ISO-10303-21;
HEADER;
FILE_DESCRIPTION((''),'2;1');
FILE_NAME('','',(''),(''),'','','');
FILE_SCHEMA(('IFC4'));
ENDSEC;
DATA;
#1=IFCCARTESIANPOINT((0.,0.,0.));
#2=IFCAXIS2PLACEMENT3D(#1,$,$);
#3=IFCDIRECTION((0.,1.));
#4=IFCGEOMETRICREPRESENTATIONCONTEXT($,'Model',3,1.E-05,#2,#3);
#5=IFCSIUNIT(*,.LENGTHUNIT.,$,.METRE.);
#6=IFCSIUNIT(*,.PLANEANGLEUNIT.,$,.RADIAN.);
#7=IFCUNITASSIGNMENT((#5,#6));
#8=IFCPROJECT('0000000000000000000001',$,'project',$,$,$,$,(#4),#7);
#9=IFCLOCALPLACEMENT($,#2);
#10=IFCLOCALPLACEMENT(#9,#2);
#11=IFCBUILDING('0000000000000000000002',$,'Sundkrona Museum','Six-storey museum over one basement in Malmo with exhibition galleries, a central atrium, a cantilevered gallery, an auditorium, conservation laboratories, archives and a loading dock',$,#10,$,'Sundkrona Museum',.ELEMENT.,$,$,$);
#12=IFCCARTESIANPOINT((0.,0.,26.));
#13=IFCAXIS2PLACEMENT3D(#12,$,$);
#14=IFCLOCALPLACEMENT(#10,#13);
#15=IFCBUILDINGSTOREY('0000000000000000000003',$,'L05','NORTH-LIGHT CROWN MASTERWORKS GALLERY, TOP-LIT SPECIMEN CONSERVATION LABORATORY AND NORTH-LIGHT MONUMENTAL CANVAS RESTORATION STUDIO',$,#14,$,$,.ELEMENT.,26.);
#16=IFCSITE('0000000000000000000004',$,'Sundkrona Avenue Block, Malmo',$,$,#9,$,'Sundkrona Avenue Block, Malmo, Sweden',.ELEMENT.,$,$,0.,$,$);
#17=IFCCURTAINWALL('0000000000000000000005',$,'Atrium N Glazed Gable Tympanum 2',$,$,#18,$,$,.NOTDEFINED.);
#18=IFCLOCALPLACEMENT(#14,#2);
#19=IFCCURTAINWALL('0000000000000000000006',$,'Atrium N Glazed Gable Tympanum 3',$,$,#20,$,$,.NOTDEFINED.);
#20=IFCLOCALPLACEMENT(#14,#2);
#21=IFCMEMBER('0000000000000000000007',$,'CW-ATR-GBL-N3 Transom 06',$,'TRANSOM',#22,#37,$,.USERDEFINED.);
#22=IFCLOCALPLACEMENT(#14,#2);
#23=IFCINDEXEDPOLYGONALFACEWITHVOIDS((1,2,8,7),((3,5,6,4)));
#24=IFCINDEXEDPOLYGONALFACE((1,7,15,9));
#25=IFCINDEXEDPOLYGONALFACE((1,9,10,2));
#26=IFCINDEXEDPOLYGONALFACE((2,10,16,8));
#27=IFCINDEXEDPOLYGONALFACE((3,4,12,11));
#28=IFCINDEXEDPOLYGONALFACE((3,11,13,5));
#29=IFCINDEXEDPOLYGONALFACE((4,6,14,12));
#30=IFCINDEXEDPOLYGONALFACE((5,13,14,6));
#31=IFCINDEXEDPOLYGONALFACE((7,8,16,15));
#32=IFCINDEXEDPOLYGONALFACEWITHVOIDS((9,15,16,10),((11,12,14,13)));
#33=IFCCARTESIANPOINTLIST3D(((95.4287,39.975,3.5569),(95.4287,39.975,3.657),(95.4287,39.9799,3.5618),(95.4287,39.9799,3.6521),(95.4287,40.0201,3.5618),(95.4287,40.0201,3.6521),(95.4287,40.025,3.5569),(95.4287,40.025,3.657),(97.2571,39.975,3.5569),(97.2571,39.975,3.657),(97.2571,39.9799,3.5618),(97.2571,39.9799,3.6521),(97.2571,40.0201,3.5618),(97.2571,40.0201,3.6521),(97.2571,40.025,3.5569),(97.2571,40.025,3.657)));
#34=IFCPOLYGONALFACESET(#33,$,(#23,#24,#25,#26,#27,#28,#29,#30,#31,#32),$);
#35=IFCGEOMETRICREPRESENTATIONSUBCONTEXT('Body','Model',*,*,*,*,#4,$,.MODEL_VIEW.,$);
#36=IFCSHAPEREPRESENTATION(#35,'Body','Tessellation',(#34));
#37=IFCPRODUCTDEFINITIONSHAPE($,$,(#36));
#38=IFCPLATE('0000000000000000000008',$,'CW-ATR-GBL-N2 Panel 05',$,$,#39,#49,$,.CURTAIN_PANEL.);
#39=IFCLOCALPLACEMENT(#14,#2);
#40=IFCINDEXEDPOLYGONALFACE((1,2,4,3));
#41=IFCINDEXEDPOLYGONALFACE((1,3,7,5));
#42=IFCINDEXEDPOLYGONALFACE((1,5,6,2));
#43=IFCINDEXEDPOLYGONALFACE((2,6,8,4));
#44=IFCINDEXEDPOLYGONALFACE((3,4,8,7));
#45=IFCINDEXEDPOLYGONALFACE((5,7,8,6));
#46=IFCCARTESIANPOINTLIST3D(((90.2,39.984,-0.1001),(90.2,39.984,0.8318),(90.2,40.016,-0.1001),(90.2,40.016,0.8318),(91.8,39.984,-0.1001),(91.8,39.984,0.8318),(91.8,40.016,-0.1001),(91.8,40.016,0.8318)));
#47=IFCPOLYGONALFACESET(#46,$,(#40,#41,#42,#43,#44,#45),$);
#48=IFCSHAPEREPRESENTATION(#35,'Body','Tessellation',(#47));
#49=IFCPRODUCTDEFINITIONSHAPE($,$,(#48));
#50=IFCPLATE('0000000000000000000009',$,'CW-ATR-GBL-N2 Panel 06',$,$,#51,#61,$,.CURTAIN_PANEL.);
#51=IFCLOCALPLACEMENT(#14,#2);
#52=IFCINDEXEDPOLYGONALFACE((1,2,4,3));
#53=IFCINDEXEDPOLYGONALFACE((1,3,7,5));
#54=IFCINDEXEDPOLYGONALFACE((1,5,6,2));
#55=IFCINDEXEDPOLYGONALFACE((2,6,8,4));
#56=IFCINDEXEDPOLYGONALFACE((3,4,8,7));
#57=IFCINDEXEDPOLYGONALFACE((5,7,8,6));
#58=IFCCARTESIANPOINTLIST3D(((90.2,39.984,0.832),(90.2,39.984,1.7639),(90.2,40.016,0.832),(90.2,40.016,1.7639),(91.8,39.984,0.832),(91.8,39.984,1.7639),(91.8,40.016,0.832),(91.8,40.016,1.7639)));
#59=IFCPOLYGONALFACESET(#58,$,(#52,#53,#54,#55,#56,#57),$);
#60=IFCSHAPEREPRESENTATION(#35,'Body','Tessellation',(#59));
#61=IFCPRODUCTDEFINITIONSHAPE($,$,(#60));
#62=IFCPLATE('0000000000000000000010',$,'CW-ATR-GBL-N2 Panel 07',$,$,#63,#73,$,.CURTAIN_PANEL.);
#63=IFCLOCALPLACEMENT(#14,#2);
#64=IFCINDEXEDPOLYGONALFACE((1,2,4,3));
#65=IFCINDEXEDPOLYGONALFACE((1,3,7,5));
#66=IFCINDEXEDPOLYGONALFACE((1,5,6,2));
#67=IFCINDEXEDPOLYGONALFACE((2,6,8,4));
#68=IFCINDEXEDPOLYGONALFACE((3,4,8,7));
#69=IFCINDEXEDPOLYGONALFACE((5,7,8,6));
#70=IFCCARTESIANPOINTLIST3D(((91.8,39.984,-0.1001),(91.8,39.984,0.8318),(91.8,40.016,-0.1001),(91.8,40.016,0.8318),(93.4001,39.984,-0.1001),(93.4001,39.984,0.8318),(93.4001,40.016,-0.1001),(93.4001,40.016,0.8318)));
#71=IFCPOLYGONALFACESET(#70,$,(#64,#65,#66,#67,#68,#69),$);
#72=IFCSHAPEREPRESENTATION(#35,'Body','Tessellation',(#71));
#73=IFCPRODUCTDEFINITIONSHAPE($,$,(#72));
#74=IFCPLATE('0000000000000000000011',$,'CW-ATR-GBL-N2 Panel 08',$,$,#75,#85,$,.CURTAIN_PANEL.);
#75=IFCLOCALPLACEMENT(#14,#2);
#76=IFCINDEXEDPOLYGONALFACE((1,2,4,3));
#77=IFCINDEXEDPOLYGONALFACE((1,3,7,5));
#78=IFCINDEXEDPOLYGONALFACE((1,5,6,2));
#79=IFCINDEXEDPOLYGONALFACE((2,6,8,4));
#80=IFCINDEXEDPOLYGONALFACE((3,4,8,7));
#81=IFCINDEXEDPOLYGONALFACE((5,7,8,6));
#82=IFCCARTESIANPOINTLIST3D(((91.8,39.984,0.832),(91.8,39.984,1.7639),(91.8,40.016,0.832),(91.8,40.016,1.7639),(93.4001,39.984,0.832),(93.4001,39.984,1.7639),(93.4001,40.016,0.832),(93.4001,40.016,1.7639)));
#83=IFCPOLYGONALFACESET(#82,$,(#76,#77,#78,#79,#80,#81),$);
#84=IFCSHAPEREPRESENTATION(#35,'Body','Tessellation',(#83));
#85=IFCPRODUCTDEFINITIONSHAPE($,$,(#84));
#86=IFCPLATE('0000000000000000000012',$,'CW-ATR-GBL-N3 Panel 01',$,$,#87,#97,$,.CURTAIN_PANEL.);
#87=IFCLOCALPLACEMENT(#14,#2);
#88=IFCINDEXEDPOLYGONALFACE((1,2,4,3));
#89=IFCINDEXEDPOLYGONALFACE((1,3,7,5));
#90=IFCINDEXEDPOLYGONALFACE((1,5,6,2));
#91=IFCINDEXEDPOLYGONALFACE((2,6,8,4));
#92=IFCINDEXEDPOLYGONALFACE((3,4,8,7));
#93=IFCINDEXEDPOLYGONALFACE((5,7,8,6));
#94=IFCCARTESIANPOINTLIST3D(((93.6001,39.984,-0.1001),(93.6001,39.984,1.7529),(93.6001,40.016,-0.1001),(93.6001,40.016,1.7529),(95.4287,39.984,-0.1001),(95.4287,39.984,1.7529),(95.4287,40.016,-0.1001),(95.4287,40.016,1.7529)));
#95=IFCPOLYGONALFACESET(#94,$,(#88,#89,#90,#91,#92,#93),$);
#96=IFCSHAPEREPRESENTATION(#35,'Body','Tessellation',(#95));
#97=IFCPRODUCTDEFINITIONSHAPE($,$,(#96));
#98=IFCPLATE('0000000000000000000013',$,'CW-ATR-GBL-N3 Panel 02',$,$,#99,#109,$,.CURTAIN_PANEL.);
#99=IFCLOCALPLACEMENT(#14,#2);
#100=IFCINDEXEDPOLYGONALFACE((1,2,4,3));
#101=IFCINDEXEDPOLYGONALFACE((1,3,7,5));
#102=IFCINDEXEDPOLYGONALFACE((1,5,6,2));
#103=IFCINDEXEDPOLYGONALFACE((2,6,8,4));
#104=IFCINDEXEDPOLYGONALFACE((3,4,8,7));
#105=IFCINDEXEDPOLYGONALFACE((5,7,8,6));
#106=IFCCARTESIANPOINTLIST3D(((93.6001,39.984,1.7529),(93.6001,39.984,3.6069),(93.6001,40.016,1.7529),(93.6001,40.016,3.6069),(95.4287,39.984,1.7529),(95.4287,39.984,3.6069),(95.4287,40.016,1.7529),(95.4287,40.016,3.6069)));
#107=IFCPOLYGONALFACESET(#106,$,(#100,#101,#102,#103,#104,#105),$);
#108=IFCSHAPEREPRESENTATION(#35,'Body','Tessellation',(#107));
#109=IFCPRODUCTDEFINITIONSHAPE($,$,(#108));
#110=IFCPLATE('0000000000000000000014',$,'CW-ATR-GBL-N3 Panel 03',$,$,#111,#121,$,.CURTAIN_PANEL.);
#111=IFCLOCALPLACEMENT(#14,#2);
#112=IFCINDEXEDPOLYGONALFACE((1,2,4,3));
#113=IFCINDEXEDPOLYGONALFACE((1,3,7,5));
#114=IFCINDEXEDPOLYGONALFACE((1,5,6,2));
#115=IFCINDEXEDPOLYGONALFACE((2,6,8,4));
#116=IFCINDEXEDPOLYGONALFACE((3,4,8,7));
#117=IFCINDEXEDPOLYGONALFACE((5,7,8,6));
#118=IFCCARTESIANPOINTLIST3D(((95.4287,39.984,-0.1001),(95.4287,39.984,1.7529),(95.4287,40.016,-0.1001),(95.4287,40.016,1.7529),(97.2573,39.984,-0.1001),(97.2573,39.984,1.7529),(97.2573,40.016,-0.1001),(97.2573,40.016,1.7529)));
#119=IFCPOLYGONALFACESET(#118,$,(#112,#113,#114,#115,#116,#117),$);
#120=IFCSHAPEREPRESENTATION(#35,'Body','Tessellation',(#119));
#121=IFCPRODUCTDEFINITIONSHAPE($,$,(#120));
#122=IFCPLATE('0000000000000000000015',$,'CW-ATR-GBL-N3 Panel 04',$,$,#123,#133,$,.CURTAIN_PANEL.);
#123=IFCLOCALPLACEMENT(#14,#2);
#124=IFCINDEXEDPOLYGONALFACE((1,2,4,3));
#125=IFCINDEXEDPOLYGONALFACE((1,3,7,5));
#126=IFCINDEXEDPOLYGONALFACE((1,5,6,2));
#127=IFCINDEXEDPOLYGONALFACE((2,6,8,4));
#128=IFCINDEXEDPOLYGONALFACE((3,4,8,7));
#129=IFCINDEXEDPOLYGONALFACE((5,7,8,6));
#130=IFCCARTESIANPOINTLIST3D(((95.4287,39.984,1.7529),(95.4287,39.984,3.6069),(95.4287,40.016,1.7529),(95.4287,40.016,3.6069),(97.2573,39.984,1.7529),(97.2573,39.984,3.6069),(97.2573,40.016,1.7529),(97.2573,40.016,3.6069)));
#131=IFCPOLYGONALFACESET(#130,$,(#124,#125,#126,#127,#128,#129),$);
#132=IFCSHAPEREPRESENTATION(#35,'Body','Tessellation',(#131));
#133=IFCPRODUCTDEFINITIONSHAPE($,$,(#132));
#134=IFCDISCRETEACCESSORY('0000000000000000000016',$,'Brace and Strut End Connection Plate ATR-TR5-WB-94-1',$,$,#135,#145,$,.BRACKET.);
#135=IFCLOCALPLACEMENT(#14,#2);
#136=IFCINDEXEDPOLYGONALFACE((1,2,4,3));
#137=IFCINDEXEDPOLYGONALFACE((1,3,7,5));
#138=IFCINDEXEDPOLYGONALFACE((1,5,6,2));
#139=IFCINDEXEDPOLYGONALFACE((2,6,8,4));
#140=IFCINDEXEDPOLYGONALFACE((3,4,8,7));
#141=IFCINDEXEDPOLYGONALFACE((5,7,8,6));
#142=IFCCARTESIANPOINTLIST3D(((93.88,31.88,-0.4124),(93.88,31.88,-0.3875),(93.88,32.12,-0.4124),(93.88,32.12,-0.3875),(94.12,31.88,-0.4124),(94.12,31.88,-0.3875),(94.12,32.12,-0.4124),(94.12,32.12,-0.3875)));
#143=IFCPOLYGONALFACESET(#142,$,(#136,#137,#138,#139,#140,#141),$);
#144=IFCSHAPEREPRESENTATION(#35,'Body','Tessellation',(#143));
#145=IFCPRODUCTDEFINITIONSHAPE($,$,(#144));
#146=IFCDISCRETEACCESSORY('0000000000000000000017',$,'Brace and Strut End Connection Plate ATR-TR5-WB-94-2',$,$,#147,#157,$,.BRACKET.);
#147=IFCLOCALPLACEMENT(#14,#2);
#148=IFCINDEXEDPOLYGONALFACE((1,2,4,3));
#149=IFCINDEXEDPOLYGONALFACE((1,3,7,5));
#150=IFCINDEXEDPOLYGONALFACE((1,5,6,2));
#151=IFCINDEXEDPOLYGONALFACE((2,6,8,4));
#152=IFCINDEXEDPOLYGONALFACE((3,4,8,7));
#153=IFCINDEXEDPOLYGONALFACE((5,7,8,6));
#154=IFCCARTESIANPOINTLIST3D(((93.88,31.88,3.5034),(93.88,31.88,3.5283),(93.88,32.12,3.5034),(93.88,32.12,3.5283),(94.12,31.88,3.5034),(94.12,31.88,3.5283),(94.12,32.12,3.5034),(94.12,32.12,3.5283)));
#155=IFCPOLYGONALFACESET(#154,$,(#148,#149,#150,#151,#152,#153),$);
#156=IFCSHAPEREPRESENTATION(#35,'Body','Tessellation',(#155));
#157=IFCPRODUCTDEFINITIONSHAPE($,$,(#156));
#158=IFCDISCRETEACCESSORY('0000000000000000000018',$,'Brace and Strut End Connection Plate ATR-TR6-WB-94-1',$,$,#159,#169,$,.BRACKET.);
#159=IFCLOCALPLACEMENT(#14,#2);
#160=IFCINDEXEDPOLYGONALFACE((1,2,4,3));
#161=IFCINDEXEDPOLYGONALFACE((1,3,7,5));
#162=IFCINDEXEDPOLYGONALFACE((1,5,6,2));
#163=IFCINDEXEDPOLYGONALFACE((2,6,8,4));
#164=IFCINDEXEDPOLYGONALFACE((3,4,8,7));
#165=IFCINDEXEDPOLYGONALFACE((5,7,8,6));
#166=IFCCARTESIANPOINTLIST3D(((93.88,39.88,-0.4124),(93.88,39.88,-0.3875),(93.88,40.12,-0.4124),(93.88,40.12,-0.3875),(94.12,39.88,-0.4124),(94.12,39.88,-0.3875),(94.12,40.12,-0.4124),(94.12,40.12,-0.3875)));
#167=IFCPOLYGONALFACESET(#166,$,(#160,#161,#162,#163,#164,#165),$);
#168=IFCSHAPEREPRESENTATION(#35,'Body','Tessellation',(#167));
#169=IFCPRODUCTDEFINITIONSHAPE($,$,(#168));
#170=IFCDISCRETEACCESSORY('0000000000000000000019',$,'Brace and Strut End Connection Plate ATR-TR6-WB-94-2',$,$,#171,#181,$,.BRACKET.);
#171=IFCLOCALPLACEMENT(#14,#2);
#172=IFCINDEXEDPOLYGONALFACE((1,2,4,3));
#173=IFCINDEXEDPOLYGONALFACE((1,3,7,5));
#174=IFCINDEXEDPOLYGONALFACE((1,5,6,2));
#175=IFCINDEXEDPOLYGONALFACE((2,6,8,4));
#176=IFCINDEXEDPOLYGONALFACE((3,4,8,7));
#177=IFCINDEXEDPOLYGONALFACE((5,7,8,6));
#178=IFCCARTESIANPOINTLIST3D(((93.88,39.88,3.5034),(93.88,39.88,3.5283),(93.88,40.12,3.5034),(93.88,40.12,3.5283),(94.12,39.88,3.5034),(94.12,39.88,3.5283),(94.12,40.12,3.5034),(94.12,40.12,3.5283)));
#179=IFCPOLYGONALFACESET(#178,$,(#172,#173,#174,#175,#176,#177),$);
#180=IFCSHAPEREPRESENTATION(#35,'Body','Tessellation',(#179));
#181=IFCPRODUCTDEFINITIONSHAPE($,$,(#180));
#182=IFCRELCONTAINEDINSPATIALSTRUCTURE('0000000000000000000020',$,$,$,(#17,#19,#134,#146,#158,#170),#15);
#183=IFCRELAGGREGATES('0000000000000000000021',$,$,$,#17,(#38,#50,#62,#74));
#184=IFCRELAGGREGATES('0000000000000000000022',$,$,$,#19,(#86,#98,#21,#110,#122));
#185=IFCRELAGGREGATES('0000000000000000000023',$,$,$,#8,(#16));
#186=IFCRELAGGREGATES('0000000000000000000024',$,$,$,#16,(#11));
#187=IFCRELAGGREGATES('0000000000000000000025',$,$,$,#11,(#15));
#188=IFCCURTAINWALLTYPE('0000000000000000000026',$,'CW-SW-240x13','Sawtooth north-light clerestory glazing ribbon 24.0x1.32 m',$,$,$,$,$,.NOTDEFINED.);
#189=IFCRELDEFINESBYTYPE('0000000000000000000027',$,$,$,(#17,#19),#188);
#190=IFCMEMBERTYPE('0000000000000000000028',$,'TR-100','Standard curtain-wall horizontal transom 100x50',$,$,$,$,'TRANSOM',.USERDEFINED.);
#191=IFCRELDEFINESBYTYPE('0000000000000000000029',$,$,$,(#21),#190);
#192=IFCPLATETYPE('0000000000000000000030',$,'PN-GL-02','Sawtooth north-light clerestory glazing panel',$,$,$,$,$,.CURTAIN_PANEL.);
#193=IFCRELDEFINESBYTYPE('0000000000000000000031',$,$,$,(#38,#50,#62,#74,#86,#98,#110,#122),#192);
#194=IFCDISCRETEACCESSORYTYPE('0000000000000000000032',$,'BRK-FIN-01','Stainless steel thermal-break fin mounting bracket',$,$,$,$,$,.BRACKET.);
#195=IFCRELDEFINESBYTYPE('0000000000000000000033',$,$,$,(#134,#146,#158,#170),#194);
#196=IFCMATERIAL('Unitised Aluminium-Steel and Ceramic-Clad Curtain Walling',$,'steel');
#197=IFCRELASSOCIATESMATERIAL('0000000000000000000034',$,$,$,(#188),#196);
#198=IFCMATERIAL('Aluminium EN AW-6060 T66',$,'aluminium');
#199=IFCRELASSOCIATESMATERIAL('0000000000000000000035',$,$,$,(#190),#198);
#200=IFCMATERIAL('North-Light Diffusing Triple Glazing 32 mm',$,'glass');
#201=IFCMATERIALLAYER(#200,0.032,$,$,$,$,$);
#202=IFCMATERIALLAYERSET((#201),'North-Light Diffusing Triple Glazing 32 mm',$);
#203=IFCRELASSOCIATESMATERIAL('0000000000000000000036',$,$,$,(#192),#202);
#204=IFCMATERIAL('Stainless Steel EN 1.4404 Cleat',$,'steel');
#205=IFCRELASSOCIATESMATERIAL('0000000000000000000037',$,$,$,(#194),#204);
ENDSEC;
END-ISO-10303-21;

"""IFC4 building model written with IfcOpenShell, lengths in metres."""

from ifc_helpers import new_model, si_unit, direction, frame, origin, origin_2d, place, context, subcontext, project, spatial, rectangle, hollow_rectangle, extrude, material, layer, layer_set, material_profile, profile_set, type_object, element, aggregate, save


model = new_model("IFC4")

# Units and contexts
model_context = context("Model", 3, precision=1e-05, world=origin(), true_north=direction((0.0, 1.0)))
body_context = subcontext(model_context, "Body", "Model", "MODEL_VIEW")
ifc_project = project(units=[si_unit("LENGTHUNIT", "METRE"), si_unit("PLANEANGLEUNIT", "RADIAN")], contexts=[model_context])

# Site, building, storey
site_placement = place(None, origin())
site = spatial("IfcSite", under=ifc_project, at=site_placement, Name="Sundkrona Avenue Block, Malmo", LongName="Sundkrona Avenue Block, Malmo, Sweden", CompositionType="ELEMENT", RefElevation=0.0)
building_placement = place(site_placement, origin())
building = spatial("IfcBuilding", under=site, at=building_placement, Name="Sundkrona Museum", Description="Six-storey museum over one basement in Malmo with exhibition galleries, a central atrium, a cantilevered gallery, an auditorium, conservation laboratories, archives and a loading dock", LongName="Sundkrona Museum", CompositionType="ELEMENT")
storey_placement = place(building_placement, frame((0.0, 0.0, 26.0)))
storey = spatial("IfcBuildingStorey", under=building, at=storey_placement, Name="L05", Description="NORTH-LIGHT CROWN MASTERWORKS GALLERY, TOP-LIT SPECIMEN CONSERVATION LABORATORY AND NORTH-LIGHT MONUMENTAL CANVAS RESTORATION STUDIO", CompositionType="ELEMENT", Elevation=26.0)

# Curtain walls
ifc_material_1 = material(Name="Unitised Aluminium-Steel and Ceramic-Clad Curtain Walling", Category="steel")
curtain_wall_type = type_object("IfcCurtainWallType", Name="CW-SW-240x13", Description="Sawtooth north-light clerestory glazing ribbon 24.0x1.32 m", PredefinedType="NOTDEFINED", material=ifc_material_1)
curtain_wall_1_placement = place(storey_placement, origin())
curtain_wall_1 = element("IfcCurtainWall", 1, at=curtain_wall_1_placement, inside=storey, type_object=curtain_wall_type, Name="Atrium N Glazed Gable Tympanum 2", PredefinedType="NOTDEFINED")
ifc_material_2 = material(Name="Aluminium EN AW-6060 T66", Category="aluminium")
curtain_wall_2_placement = place(storey_placement, origin())
curtain_wall_2 = element("IfcCurtainWall", 2, at=curtain_wall_2_placement, inside=storey, type_object=curtain_wall_type, Name="Atrium N Glazed Gable Tympanum 3", PredefinedType="NOTDEFINED")

# Member
ifc_material_profile_1 = material_profile(ifc_material_2, hollow_rectangle(XDim=0.05, YDim=0.1001, WallThickness=0.0049, at=origin_2d()), Name="RHS 100x50x5.0")
ifc_profile_set_1 = profile_set([ifc_material_profile_1], Name="Aluminium EN AW-6060 T66")
member_type_1 = type_object("IfcMemberType", Name="TR-100", Description="Standard curtain-wall horizontal transom 100x50", ElementType="TRANSOM", PredefinedType="USERDEFINED", material=ifc_profile_set_1)
member_1_placement = place(storey_placement, frame((95.4287, 40.0, 3.6069), z_axis=(1.0, 0.0, 0.0), x_axis=(0.0, 1.0, 0.0)))
member_1 = element("IfcMember", 3, at=member_1_placement, type_object=member_type_1, Name="CW-ATR-GBL-N3 Transom 06", ObjectType="TRANSOM", PredefinedType="USERDEFINED", context=body_context, shape_type="SweptSolid", body=[
    extrude(hollow_rectangle(XDim=0.05, YDim=0.1001, WallThickness=0.0049, at=origin_2d()), origin(), (0.0, 0.0, 1.0), 1.8284),
])

# Plates
ifc_material_3 = material(Name="North-Light Diffusing Triple Glazing 32 mm", Category="glass")
ifc_layer = layer(ifc_material_3, 0.032)
ifc_layer_set = layer_set([ifc_layer], Name="North-Light Diffusing Triple Glazing 32 mm")
plate_type = type_object("IfcPlateType", Name="PN-GL-02", Description="Sawtooth north-light clerestory glazing panel", PredefinedType="CURTAIN_PANEL", material=ifc_layer_set)
plate_1_placement = place(storey_placement, frame((91.0, 40.0, -0.1001), z_axis=(0.0, 0.0, 1.0), x_axis=(1.0, 0.0, 0.0)))
plate_1 = element("IfcPlate", 4, at=plate_1_placement, type_object=plate_type, Name="CW-ATR-GBL-N2 Panel 05", PredefinedType="CURTAIN_PANEL", context=body_context, shape_type="SweptSolid", body=[
    extrude(rectangle(XDim=1.6001, YDim=0.032, at=origin_2d()), origin(), (0.0, 0.0, 1.0), 0.9319),
])
plate_2_placement = place(storey_placement, frame((91.0, 40.0, 0.832), z_axis=(0.0, 0.0, 1.0), x_axis=(1.0, 0.0, 0.0)))
plate_2 = element("IfcPlate", 5, at=plate_2_placement, type_object=plate_type, Name="CW-ATR-GBL-N2 Panel 06", PredefinedType="CURTAIN_PANEL", context=body_context, shape_type="SweptSolid", body=[
    extrude(rectangle(XDim=1.6001, YDim=0.032, at=origin_2d()), origin(), (0.0, 0.0, 1.0), 0.9319),
])
plate_3_placement = place(storey_placement, frame((92.6001, 40.0, -0.1001), z_axis=(0.0, 0.0, 1.0), x_axis=(1.0, 0.0, 0.0)))
plate_3 = element("IfcPlate", 6, at=plate_3_placement, type_object=plate_type, Name="CW-ATR-GBL-N2 Panel 07", PredefinedType="CURTAIN_PANEL", context=body_context, shape_type="SweptSolid", body=[
    extrude(rectangle(XDim=1.6001, YDim=0.032, at=origin_2d()), origin(), (0.0, 0.0, 1.0), 0.9319),
])
plate_4_placement = place(storey_placement, frame((92.6001, 40.0, 0.832), z_axis=(0.0, 0.0, 1.0), x_axis=(1.0, 0.0, 0.0)))
plate_4 = element("IfcPlate", 7, at=plate_4_placement, type_object=plate_type, Name="CW-ATR-GBL-N2 Panel 08", PredefinedType="CURTAIN_PANEL", context=body_context, shape_type="SweptSolid", body=[
    extrude(rectangle(XDim=1.6001, YDim=0.032, at=origin_2d()), origin(), (0.0, 0.0, 1.0), 0.9319),
])
aggregate(curtain_wall_1, [plate_1, plate_2, plate_3, plate_4])
plate_5_placement = place(storey_placement, frame((94.5144, 40.0, -0.1001), z_axis=(0.0, 0.0, 1.0), x_axis=(1.0, 0.0, 0.0)))
plate_5 = element("IfcPlate", 8, at=plate_5_placement, type_object=plate_type, Name="CW-ATR-GBL-N3 Panel 01", PredefinedType="CURTAIN_PANEL", context=body_context, shape_type="SweptSolid", body=[
    extrude(rectangle(XDim=1.8286, YDim=0.032, at=origin_2d()), origin(), (0.0, 0.0, 1.0), 1.853),
])
plate_6_placement = place(storey_placement, frame((94.5144, 40.0, 1.7529), z_axis=(0.0, 0.0, 1.0), x_axis=(1.0, 0.0, 0.0)))
plate_6 = element("IfcPlate", 9, at=plate_6_placement, type_object=plate_type, Name="CW-ATR-GBL-N3 Panel 02", PredefinedType="CURTAIN_PANEL", context=body_context, shape_type="SweptSolid", body=[
    extrude(rectangle(XDim=1.8286, YDim=0.032, at=origin_2d()), origin(), (0.0, 0.0, 1.0), 1.854),
])
plate_7_placement = place(storey_placement, frame((96.343, 40.0, -0.1001), z_axis=(0.0, 0.0, 1.0), x_axis=(1.0, 0.0, 0.0)))
plate_7 = element("IfcPlate", 10, at=plate_7_placement, type_object=plate_type, Name="CW-ATR-GBL-N3 Panel 03", PredefinedType="CURTAIN_PANEL", context=body_context, shape_type="SweptSolid", body=[
    extrude(rectangle(XDim=1.8286, YDim=0.032, at=origin_2d()), origin(), (0.0, 0.0, 1.0), 1.853),
])
plate_8_placement = place(storey_placement, frame((96.343, 40.0, 1.7529), z_axis=(0.0, 0.0, 1.0), x_axis=(1.0, 0.0, 0.0)))
plate_8 = element("IfcPlate", 11, at=plate_8_placement, type_object=plate_type, Name="CW-ATR-GBL-N3 Panel 04", PredefinedType="CURTAIN_PANEL", context=body_context, shape_type="SweptSolid", body=[
    extrude(rectangle(XDim=1.8286, YDim=0.032, at=origin_2d()), origin(), (0.0, 0.0, 1.0), 1.854),
])
aggregate(curtain_wall_2, [plate_5, plate_6, member_1, plate_7, plate_8])

# Discrete accessories
ifc_material_4 = material(Name="Stainless Steel EN 1.4404 Cleat", Category="steel")
discrete_accessory_type = type_object("IfcDiscreteAccessoryType", Name="BRK-FIN-01", Description="Stainless steel thermal-break fin mounting bracket", PredefinedType="BRACKET", material=ifc_material_4)
for number, where, z_axis, x_axis, name in (
    (12, (94.0, 32.0, -0.4124), (0.0, 0.0, 1.0), (1.0, 0.0, 0.0), "Brace and Strut End Connection Plate ATR-TR5-WB-94-1"),
    (13, (94.0, 32.0, 3.5034), (0.0, 0.0, 1.0), (1.0, 0.0, 0.0), "Brace and Strut End Connection Plate ATR-TR5-WB-94-2"),
    (14, (94.0, 40.0, -0.4124), (0.0, 0.0, 1.0), (1.0, 0.0, 0.0), "Brace and Strut End Connection Plate ATR-TR6-WB-94-1"),
    (15, (94.0, 40.0, 3.5034), (0.0, 0.0, 1.0), (1.0, 0.0, 0.0), "Brace and Strut End Connection Plate ATR-TR6-WB-94-2"),
):
    element("IfcDiscreteAccessory", number, at=place(storey_placement, frame(where, z_axis=z_axis, x_axis=x_axis)), inside=storey, type_object=discrete_accessory_type, Name=name, PredefinedType="BRACKET", context=body_context, shape_type="SweptSolid", body=[
        extrude(rectangle(XDim=0.24, YDim=0.24, at=origin_2d()), origin(), (0.0, 0.0, 1.0), 0.0249),
    ])

save(model, "model.ifc")
